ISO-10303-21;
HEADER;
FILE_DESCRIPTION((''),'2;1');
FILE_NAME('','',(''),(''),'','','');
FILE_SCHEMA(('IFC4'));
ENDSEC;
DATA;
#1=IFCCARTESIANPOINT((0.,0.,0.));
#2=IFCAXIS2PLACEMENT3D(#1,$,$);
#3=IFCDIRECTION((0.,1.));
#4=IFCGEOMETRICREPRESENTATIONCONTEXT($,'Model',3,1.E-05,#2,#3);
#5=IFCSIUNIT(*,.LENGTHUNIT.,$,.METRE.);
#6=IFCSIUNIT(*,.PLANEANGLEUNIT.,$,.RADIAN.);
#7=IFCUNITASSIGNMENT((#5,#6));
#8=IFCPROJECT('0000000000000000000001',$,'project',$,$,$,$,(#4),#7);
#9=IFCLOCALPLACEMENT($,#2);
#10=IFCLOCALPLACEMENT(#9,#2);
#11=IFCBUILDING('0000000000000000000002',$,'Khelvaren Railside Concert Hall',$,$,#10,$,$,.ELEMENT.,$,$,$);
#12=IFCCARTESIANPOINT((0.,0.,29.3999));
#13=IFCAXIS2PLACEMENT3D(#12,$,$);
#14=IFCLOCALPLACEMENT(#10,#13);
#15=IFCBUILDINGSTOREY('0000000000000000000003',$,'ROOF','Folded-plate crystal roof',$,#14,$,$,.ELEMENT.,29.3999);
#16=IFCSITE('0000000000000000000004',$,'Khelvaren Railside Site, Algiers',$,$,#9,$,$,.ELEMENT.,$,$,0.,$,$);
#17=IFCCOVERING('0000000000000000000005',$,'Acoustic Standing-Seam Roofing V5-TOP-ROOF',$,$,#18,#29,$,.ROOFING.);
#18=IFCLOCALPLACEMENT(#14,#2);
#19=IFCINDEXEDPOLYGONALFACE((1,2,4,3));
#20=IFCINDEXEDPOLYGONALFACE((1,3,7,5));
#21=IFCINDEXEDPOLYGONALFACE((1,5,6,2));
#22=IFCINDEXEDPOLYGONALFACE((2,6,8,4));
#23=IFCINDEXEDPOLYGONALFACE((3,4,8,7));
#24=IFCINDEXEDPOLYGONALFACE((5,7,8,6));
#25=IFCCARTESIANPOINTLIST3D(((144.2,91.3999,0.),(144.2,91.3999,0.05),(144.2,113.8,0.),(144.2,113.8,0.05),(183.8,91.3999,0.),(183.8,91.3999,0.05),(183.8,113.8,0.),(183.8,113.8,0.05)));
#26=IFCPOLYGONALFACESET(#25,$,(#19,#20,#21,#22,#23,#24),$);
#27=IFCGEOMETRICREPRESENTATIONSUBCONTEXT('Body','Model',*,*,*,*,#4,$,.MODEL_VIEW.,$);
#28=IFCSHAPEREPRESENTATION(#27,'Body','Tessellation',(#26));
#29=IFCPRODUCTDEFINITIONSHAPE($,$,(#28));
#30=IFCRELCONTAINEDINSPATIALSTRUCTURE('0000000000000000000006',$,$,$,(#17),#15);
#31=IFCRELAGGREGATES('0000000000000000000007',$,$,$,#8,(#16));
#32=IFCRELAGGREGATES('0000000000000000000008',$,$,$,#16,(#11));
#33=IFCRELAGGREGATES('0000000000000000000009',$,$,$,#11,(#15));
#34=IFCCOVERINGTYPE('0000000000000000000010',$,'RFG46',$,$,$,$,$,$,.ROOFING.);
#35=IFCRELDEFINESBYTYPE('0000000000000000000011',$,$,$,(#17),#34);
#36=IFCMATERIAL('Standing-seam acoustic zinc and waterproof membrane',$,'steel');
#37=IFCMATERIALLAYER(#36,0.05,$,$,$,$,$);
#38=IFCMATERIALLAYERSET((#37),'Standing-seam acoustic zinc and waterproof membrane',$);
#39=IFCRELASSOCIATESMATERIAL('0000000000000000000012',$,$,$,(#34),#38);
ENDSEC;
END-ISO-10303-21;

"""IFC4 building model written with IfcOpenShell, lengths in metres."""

from ifc_helpers import new_model, si_unit, direction, frame, origin, place, context, subcontext, project, spatial, polyline, outline, extrude, material, layer, layer_set, type_object, element, save


model = new_model("IFC4")

# Units and contexts
model_context = context("Model", 3, precision=1e-05, world=origin(), true_north=direction((0.0, 1.0)))
body_context = subcontext(model_context, "Body", "Model", "MODEL_VIEW")
ifc_project = project(units=[si_unit("LENGTHUNIT", "METRE"), si_unit("PLANEANGLEUNIT", "RADIAN")], contexts=[model_context])

# Site, building, storey
site_placement = place(None, origin())
site = spatial("IfcSite", under=ifc_project, at=site_placement, Name="Khelvaren Railside Site, Algiers", CompositionType="ELEMENT", RefElevation=0.0)
building_placement = place(site_placement, origin())
building = spatial("IfcBuilding", under=site, at=building_placement, Name="Khelvaren Railside Concert Hall", CompositionType="ELEMENT")
storey_placement = place(building_placement, frame((0.0, 0.0, 29.3999)))
storey = spatial("IfcBuildingStorey", under=building, at=storey_placement, Name="ROOF", Description="Folded-plate crystal roof", CompositionType="ELEMENT", Elevation=29.3999)

# Covering
ifc_material_1 = material(Name="Standing-seam acoustic zinc and waterproof membrane", Category="steel")
ifc_layer_1 = layer(ifc_material_1, 0.05)
ifc_layer_set_1 = layer_set([ifc_layer_1], Name="Standing-seam acoustic zinc and waterproof membrane")
covering_type = type_object("IfcCoveringType", Name="RFG46", PredefinedType="ROOFING", material=ifc_layer_set_1)
covering_placement = place(storey_placement, origin())
element("IfcCovering", 1, at=covering_placement, inside=storey, type_object=covering_type, Name="Acoustic Standing-Seam Roofing V5-TOP-ROOF", PredefinedType="ROOFING", context=body_context, shape_type="SweptSolid", body=[
    extrude(outline(polyline([(144.2, 91.3999), (183.8, 91.3999), (183.8, 113.8), (144.2, 113.8), (144.2, 91.3999)])), origin(), (0.0, 0.0, 1.0), 0.05),
])

save(model, "model.ifc")
